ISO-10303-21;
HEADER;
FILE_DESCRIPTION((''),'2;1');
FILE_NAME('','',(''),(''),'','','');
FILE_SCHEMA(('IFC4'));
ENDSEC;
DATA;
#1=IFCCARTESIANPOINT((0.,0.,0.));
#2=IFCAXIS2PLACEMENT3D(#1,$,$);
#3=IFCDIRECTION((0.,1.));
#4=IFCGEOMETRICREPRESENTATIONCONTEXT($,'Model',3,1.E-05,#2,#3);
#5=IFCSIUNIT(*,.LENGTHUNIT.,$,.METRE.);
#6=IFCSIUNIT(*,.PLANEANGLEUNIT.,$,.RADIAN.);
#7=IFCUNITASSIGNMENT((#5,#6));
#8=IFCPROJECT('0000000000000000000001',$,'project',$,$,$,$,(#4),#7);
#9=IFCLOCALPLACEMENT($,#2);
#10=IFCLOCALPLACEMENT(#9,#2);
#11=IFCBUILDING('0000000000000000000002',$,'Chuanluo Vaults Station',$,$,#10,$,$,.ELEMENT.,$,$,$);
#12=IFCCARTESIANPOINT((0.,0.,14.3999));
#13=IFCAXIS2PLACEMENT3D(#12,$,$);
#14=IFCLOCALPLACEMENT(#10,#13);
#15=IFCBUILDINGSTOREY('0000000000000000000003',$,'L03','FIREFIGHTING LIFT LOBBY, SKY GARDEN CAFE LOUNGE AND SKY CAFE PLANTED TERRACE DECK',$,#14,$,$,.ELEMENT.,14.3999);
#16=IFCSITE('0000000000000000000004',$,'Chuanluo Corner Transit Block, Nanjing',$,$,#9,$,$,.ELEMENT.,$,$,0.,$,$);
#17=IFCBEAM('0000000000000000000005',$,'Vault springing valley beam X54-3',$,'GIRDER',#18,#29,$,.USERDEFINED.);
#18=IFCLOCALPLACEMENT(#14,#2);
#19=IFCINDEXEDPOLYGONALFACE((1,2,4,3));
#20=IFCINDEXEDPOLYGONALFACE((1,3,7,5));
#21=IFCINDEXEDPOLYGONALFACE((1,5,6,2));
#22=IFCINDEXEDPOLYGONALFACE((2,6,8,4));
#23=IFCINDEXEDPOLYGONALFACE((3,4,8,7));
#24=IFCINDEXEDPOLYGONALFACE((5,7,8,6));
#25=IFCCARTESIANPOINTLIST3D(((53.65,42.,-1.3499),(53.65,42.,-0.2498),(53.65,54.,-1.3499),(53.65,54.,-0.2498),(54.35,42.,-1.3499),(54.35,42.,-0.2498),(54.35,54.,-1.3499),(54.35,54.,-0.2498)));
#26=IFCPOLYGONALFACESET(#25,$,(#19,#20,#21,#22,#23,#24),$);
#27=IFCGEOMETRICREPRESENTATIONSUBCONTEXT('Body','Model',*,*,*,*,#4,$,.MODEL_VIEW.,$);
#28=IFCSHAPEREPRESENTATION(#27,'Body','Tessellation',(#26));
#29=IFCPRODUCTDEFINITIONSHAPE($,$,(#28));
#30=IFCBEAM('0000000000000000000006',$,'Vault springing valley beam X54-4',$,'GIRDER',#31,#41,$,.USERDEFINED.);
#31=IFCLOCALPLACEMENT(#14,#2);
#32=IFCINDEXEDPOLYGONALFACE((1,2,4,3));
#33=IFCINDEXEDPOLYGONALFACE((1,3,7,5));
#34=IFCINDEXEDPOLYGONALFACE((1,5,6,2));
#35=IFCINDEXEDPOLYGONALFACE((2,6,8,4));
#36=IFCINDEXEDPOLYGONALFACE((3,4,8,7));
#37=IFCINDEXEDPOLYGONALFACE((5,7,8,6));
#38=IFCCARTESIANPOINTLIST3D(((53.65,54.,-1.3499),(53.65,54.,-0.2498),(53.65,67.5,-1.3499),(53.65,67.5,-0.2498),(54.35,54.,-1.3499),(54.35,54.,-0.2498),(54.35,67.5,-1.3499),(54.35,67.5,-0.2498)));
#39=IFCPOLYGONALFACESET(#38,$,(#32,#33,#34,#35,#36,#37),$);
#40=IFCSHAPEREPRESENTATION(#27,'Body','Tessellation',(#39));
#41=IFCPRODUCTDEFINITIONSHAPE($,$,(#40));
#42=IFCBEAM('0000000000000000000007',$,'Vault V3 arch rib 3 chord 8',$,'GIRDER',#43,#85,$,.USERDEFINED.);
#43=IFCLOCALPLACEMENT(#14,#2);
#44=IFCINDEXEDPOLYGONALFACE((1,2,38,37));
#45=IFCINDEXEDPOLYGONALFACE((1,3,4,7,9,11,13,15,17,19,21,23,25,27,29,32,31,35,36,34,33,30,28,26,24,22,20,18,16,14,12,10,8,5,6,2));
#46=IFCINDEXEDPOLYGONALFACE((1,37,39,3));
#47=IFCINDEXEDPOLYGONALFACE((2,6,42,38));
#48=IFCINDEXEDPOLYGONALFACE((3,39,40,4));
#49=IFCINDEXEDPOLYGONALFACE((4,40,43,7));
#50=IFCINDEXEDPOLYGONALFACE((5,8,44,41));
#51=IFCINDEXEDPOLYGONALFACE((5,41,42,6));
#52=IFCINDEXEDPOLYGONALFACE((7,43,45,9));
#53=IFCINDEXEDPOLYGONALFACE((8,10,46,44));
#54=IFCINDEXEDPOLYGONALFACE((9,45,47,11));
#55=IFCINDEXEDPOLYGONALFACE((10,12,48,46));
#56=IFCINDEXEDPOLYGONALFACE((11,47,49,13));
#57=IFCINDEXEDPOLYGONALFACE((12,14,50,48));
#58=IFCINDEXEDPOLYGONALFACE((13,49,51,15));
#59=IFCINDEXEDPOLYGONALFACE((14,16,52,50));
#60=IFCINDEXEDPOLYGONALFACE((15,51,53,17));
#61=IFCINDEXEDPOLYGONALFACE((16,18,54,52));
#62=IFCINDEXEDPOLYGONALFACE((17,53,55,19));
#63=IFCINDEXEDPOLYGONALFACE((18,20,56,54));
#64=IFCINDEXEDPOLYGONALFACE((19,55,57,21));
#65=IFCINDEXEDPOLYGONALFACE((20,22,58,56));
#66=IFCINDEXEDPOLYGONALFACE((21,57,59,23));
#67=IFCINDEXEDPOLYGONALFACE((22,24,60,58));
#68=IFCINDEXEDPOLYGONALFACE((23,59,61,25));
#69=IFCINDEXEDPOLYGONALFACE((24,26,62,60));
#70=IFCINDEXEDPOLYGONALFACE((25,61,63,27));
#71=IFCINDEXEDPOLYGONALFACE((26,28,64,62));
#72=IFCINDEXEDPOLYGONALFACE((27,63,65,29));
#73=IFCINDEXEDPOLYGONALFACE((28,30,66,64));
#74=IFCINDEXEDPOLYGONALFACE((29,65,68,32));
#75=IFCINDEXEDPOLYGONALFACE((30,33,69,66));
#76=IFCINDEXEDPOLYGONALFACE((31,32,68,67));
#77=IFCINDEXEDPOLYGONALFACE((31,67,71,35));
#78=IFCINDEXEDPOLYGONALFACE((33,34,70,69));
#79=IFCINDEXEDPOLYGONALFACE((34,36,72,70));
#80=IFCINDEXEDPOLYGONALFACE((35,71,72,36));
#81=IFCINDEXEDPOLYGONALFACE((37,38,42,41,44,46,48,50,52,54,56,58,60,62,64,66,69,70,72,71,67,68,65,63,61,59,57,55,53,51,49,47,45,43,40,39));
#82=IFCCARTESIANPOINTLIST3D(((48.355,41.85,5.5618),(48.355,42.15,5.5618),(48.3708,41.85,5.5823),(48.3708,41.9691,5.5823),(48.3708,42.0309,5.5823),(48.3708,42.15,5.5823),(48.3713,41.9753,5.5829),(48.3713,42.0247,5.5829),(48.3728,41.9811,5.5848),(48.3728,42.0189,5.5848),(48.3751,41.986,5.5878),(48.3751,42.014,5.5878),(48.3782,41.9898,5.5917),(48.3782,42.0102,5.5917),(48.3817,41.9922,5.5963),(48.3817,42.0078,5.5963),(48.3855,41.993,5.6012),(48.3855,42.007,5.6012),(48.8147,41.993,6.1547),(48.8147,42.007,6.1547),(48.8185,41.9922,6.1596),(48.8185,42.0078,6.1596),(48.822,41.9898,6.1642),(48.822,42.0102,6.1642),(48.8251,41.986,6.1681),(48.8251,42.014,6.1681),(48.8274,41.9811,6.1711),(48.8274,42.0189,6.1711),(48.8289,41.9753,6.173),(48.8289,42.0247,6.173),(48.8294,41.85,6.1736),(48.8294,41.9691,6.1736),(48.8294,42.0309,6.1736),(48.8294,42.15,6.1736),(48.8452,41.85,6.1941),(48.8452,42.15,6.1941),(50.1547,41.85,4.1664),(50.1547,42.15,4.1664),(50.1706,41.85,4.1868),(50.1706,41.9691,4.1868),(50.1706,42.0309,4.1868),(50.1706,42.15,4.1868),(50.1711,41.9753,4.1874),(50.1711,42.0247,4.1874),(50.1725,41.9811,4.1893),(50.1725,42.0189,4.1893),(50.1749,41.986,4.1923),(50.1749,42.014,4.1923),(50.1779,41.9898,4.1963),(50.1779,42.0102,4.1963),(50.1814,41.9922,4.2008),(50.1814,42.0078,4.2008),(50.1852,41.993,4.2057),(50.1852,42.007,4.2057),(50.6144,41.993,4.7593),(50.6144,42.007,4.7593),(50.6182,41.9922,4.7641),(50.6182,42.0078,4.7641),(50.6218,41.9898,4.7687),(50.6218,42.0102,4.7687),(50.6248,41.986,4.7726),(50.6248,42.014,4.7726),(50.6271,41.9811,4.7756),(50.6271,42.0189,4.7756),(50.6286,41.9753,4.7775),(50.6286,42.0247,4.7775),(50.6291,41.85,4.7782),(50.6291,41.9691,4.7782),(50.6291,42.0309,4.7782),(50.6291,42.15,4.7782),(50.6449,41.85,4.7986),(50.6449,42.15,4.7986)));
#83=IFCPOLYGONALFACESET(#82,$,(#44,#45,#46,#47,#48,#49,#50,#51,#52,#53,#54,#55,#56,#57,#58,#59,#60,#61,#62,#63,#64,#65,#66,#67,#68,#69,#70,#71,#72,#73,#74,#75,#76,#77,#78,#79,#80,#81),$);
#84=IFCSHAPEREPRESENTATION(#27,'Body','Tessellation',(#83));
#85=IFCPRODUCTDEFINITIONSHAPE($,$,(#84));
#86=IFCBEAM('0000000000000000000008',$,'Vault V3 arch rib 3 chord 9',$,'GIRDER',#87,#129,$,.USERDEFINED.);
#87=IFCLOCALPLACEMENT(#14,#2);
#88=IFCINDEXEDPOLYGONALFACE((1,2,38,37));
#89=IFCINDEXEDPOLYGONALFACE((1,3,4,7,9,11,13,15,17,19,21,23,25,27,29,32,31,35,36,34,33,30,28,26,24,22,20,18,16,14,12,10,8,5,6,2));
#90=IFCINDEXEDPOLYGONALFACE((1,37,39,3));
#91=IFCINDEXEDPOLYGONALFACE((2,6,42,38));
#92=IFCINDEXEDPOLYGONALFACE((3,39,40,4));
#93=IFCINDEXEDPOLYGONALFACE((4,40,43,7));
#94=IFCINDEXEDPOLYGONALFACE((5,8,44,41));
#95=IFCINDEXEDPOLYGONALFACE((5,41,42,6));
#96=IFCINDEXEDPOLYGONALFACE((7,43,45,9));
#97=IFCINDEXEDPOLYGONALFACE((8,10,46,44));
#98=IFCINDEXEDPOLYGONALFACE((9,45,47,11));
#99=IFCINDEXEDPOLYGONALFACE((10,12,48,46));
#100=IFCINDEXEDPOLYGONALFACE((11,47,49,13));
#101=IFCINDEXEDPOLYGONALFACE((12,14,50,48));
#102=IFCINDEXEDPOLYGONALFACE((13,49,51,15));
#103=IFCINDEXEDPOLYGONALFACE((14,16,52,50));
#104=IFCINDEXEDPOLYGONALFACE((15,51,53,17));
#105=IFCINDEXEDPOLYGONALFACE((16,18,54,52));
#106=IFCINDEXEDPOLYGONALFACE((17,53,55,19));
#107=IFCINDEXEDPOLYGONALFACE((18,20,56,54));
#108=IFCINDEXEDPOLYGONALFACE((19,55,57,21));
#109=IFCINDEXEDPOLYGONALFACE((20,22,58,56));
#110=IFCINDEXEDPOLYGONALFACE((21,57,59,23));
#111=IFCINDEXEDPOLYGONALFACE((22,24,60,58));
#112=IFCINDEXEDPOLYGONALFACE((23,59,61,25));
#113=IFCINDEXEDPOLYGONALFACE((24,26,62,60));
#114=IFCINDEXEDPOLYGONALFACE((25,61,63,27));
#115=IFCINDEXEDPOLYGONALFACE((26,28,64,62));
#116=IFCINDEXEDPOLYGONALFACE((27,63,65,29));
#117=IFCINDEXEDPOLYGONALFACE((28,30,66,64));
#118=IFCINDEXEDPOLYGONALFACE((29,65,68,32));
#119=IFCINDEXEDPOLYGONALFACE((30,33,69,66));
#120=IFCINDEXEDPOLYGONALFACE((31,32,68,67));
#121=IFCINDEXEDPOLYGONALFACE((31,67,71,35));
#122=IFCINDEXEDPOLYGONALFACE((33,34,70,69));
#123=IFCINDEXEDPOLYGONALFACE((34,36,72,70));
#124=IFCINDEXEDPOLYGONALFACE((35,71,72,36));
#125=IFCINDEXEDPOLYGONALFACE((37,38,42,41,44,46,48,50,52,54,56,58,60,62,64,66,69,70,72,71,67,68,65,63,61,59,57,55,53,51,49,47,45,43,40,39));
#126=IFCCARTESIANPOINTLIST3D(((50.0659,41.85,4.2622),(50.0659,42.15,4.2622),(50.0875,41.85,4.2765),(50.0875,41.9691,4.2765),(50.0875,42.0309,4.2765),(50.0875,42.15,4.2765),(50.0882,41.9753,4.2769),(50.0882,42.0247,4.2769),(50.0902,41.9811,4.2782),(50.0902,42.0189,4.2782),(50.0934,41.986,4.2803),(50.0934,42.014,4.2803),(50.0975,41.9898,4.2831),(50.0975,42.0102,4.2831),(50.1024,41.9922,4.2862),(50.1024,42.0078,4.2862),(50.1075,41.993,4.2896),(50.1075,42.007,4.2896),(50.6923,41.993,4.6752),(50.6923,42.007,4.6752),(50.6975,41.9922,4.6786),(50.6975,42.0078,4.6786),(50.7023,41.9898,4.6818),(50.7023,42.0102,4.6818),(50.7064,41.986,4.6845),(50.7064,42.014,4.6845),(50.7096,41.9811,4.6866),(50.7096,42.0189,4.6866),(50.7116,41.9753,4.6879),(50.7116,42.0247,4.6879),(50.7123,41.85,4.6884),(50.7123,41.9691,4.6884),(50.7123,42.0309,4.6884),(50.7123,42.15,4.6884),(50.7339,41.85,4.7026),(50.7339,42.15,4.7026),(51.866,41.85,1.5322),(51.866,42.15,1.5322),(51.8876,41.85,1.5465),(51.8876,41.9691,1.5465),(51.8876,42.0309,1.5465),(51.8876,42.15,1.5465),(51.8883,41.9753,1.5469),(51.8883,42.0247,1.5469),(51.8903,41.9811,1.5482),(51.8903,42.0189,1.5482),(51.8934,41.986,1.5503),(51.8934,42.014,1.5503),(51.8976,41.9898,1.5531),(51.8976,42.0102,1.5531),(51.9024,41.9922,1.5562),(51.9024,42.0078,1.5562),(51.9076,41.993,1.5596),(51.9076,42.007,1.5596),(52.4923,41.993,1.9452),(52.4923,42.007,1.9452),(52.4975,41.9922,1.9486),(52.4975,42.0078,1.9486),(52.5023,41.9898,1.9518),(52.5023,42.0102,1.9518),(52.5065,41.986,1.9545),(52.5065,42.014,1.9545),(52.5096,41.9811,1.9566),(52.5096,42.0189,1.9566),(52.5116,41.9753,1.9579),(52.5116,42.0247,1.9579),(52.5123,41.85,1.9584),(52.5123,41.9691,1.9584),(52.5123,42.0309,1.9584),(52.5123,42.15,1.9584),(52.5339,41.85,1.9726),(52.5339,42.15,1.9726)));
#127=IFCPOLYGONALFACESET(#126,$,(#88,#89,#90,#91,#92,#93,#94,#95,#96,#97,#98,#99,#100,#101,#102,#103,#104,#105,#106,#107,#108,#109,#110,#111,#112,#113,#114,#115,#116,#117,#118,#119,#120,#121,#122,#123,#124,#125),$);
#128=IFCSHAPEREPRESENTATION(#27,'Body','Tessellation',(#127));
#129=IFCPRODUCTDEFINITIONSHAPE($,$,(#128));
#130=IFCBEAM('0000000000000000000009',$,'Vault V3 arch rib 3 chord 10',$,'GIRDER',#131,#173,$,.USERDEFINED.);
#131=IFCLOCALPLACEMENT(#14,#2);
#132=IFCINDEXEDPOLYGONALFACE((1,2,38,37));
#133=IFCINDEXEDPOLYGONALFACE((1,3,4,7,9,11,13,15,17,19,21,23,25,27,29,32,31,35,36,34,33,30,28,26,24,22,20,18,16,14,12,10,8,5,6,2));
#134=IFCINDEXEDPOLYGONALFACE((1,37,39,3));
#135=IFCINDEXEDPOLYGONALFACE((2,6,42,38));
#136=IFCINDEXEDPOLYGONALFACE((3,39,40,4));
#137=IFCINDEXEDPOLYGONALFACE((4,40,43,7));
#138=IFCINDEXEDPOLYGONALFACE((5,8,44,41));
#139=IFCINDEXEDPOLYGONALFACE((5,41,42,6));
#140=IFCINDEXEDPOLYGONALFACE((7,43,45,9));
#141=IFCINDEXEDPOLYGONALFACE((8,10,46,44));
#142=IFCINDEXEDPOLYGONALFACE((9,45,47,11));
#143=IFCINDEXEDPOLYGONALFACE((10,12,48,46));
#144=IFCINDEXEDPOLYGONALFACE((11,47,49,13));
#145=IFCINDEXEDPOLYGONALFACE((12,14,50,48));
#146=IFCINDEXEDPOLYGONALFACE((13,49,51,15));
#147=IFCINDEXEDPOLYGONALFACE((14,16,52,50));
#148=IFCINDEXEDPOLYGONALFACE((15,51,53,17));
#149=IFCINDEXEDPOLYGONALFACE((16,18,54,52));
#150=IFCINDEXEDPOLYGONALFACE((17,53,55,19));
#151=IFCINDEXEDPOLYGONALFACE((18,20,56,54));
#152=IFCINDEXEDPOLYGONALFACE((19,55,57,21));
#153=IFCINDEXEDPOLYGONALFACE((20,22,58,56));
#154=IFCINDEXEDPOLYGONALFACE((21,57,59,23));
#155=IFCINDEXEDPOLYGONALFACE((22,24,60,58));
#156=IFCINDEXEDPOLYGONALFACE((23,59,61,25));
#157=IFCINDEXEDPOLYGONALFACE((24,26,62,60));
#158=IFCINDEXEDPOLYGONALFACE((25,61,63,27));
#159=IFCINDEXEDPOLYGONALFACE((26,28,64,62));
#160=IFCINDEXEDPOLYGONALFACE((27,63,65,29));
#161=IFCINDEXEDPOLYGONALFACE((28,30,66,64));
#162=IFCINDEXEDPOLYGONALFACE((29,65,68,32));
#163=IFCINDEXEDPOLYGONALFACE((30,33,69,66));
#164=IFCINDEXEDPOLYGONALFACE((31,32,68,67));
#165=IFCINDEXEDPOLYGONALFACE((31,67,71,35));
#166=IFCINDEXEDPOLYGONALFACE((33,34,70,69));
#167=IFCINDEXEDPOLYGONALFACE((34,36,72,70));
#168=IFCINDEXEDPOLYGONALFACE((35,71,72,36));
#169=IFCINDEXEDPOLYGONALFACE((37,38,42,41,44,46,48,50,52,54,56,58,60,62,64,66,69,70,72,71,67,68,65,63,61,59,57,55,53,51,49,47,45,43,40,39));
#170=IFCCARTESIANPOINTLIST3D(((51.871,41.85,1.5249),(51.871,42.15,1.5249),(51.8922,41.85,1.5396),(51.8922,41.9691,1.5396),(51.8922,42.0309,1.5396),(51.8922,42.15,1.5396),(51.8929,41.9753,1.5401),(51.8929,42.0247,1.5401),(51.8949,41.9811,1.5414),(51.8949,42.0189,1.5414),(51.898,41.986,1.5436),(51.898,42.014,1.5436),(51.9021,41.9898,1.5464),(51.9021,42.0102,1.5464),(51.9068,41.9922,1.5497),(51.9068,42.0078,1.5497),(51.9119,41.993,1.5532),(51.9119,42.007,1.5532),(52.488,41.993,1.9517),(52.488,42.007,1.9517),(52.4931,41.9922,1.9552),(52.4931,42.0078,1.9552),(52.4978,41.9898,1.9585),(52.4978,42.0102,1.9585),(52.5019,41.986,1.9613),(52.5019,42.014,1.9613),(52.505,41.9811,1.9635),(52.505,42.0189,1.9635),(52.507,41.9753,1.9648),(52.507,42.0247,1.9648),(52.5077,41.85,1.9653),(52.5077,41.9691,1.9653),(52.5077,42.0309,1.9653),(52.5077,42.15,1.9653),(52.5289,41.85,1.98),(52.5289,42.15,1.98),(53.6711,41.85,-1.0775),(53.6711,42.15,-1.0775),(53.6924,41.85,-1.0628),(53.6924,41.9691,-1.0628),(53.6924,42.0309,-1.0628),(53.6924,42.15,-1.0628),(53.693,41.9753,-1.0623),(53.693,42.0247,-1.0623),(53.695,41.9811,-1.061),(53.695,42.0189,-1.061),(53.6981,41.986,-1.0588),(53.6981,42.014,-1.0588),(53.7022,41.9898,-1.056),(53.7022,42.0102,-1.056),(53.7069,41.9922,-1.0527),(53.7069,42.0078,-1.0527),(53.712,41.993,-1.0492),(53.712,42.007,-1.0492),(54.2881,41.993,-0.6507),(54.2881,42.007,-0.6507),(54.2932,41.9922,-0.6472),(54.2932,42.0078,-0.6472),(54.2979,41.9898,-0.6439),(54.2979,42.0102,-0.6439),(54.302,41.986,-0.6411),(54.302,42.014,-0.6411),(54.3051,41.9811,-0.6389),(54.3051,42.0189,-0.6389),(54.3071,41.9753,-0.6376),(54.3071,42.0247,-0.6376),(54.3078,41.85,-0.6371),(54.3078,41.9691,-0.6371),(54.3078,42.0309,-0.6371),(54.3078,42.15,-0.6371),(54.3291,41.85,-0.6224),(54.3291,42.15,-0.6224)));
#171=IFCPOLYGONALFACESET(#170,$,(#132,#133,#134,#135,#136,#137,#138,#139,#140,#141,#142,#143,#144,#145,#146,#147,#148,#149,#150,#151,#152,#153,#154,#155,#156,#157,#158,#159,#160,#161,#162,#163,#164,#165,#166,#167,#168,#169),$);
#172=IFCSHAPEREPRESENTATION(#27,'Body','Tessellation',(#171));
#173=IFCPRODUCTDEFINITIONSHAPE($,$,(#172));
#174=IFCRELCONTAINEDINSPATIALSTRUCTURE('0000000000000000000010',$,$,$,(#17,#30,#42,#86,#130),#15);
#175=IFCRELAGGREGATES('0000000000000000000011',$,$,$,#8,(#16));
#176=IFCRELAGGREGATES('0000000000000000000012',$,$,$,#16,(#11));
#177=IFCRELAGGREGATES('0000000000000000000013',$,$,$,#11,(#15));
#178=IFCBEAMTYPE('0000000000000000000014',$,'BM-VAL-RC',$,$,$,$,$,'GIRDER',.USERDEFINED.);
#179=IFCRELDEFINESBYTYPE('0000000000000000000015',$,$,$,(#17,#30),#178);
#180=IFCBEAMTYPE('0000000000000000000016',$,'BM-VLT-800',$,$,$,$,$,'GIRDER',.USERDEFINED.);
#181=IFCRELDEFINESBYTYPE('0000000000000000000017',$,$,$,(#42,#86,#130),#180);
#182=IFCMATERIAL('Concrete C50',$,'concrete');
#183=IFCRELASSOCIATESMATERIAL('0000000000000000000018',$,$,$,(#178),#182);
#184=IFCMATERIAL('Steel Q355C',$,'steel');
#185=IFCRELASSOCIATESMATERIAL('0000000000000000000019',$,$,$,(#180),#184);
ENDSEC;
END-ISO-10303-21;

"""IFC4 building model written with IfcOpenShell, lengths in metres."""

from ifc_helpers import new_model, si_unit, direction, frame, origin, origin_2d, place, context, subcontext, project, spatial, rectangle, i_section, extrude, material, material_profile, profile_set, type_object, element, save


model = new_model("IFC4")

# Units and contexts
model_context = context("Model", 3, precision=1e-05, world=origin(), true_north=direction((0.0, 1.0)))
body_context = subcontext(model_context, "Body", "Model", "MODEL_VIEW")
ifc_project = project(units=[si_unit("LENGTHUNIT", "METRE"), si_unit("PLANEANGLEUNIT", "RADIAN")], contexts=[model_context])

# Site, building, storey
site_placement = place(None, origin())
site = spatial("IfcSite", under=ifc_project, at=site_placement, Name="Chuanluo Corner Transit Block, Nanjing", CompositionType="ELEMENT", RefElevation=0.0)
building_placement = place(site_placement, origin())
building = spatial("IfcBuilding", under=site, at=building_placement, Name="Chuanluo Vaults Station", CompositionType="ELEMENT")
storey_placement = place(building_placement, frame((0.0, 0.0, 14.3999)))
storey = spatial("IfcBuildingStorey", under=building, at=storey_placement, Name="L03", Description="FIREFIGHTING LIFT LOBBY, SKY GARDEN CAFE LOUNGE AND SKY CAFE PLANTED TERRACE DECK", CompositionType="ELEMENT", Elevation=14.3999)

# Beams
ifc_material_1 = material(Name="Concrete C50", Category="concrete")
ifc_material_profile_1 = material_profile(ifc_material_1, rectangle(XDim=0.7, YDim=1.1001, at=origin_2d()))
ifc_profile_set_1 = profile_set([ifc_material_profile_1], Name="Concrete C50")
beam_type_1 = type_object("IfcBeamType", Name="BM-VAL-RC", ElementType="GIRDER", PredefinedType="USERDEFINED", material=ifc_profile_set_1)
beam_1_placement = place(storey_placement, frame((54.0, 42.0, -0.7998), z_axis=(0.0, 1.0, 0.0), x_axis=(-1.0, 0.0, 0.0)))
element("IfcBeam", 1, at=beam_1_placement, inside=storey, type_object=beam_type_1, Name="Vault springing valley beam X54-3", ObjectType="GIRDER", PredefinedType="USERDEFINED", context=body_context, shape_type="SweptSolid", body=[
    extrude(rectangle(XDim=0.7, YDim=1.1001, at=origin_2d()), origin(), (0.0, 0.0, 1.0), 12.0),
])
beam_2_placement = place(storey_placement, frame((54.0, 54.0, -0.7998), z_axis=(0.0, 1.0, 0.0), x_axis=(-1.0, 0.0, 0.0)))
element("IfcBeam", 2, at=beam_2_placement, inside=storey, type_object=beam_type_1, Name="Vault springing valley beam X54-4", ObjectType="GIRDER", PredefinedType="USERDEFINED", context=body_context, shape_type="SweptSolid", body=[
    extrude(rectangle(XDim=0.7, YDim=1.1001, at=origin_2d()), origin(), (0.0, 0.0, 1.0), 13.5),
])
ifc_material_2 = material(Name="Steel Q355C", Category="steel")
ifc_material_profile_2 = material_profile(ifc_material_2, i_section(OverallWidth=0.3, OverallDepth=0.8, WebThickness=0.0139, FlangeThickness=0.0259, FilletRadius=0.0239, at=origin_2d()))
ifc_profile_set_2 = profile_set([ifc_material_profile_2], Name="Steel Q355C")
beam_type_2 = type_object("IfcBeamType", Name="BM-VLT-800", ElementType="GIRDER", PredefinedType="USERDEFINED", material=ifc_profile_set_2)
beam_3_placement = place(storey_placement, frame((48.6001, 42.0, 5.8779), z_axis=(0.790275, 0.0, -0.612752), x_axis=(0.0, 1.0, 0.0)))
element("IfcBeam", 3, at=beam_3_placement, inside=storey, type_object=beam_type_2, Name="Vault V3 arch rib 3 chord 8", ObjectType="GIRDER", PredefinedType="USERDEFINED", context=body_context, shape_type="SweptSolid", body=[
    extrude(i_section(OverallWidth=0.3, OverallDepth=0.8, WebThickness=0.0139, FlangeThickness=0.0259, FilletRadius=0.0239, at=origin_2d()), origin(), (0.0, 0.0, 1.0), 2.2773),
])
beam_4_placement = place(storey_placement, frame((50.3999, 42.0, 4.4824), z_axis=(0.550472, 0.0, -0.834854), x_axis=(0.0, 1.0, 0.0)))
element("IfcBeam", 4, at=beam_4_placement, inside=storey, type_object=beam_type_2, Name="Vault V3 arch rib 3 chord 9", ObjectType="GIRDER", PredefinedType="USERDEFINED", context=body_context, shape_type="SweptSolid", body=[
    extrude(i_section(OverallWidth=0.3, OverallDepth=0.8, WebThickness=0.0139, FlangeThickness=0.0259, FilletRadius=0.0239, at=origin_2d()), origin(), (0.0, 0.0, 1.0), 3.27),
])
beam_5_placement = place(storey_placement, frame((52.2, 42.0, 1.7524), z_axis=(0.568881, 0.0, -0.82242), x_axis=(0.0, 1.0, 0.0)))
element("IfcBeam", 5, at=beam_5_placement, inside=storey, type_object=beam_type_2, Name="Vault V3 arch rib 3 chord 10", ObjectType="GIRDER", PredefinedType="USERDEFINED", context=body_context, shape_type="SweptSolid", body=[
    extrude(i_section(OverallWidth=0.3, OverallDepth=0.8, WebThickness=0.0139, FlangeThickness=0.0259, FilletRadius=0.0239, at=origin_2d()), origin(), (0.0, 0.0, 1.0), 3.1643),
])

save(model, "model.ifc")
